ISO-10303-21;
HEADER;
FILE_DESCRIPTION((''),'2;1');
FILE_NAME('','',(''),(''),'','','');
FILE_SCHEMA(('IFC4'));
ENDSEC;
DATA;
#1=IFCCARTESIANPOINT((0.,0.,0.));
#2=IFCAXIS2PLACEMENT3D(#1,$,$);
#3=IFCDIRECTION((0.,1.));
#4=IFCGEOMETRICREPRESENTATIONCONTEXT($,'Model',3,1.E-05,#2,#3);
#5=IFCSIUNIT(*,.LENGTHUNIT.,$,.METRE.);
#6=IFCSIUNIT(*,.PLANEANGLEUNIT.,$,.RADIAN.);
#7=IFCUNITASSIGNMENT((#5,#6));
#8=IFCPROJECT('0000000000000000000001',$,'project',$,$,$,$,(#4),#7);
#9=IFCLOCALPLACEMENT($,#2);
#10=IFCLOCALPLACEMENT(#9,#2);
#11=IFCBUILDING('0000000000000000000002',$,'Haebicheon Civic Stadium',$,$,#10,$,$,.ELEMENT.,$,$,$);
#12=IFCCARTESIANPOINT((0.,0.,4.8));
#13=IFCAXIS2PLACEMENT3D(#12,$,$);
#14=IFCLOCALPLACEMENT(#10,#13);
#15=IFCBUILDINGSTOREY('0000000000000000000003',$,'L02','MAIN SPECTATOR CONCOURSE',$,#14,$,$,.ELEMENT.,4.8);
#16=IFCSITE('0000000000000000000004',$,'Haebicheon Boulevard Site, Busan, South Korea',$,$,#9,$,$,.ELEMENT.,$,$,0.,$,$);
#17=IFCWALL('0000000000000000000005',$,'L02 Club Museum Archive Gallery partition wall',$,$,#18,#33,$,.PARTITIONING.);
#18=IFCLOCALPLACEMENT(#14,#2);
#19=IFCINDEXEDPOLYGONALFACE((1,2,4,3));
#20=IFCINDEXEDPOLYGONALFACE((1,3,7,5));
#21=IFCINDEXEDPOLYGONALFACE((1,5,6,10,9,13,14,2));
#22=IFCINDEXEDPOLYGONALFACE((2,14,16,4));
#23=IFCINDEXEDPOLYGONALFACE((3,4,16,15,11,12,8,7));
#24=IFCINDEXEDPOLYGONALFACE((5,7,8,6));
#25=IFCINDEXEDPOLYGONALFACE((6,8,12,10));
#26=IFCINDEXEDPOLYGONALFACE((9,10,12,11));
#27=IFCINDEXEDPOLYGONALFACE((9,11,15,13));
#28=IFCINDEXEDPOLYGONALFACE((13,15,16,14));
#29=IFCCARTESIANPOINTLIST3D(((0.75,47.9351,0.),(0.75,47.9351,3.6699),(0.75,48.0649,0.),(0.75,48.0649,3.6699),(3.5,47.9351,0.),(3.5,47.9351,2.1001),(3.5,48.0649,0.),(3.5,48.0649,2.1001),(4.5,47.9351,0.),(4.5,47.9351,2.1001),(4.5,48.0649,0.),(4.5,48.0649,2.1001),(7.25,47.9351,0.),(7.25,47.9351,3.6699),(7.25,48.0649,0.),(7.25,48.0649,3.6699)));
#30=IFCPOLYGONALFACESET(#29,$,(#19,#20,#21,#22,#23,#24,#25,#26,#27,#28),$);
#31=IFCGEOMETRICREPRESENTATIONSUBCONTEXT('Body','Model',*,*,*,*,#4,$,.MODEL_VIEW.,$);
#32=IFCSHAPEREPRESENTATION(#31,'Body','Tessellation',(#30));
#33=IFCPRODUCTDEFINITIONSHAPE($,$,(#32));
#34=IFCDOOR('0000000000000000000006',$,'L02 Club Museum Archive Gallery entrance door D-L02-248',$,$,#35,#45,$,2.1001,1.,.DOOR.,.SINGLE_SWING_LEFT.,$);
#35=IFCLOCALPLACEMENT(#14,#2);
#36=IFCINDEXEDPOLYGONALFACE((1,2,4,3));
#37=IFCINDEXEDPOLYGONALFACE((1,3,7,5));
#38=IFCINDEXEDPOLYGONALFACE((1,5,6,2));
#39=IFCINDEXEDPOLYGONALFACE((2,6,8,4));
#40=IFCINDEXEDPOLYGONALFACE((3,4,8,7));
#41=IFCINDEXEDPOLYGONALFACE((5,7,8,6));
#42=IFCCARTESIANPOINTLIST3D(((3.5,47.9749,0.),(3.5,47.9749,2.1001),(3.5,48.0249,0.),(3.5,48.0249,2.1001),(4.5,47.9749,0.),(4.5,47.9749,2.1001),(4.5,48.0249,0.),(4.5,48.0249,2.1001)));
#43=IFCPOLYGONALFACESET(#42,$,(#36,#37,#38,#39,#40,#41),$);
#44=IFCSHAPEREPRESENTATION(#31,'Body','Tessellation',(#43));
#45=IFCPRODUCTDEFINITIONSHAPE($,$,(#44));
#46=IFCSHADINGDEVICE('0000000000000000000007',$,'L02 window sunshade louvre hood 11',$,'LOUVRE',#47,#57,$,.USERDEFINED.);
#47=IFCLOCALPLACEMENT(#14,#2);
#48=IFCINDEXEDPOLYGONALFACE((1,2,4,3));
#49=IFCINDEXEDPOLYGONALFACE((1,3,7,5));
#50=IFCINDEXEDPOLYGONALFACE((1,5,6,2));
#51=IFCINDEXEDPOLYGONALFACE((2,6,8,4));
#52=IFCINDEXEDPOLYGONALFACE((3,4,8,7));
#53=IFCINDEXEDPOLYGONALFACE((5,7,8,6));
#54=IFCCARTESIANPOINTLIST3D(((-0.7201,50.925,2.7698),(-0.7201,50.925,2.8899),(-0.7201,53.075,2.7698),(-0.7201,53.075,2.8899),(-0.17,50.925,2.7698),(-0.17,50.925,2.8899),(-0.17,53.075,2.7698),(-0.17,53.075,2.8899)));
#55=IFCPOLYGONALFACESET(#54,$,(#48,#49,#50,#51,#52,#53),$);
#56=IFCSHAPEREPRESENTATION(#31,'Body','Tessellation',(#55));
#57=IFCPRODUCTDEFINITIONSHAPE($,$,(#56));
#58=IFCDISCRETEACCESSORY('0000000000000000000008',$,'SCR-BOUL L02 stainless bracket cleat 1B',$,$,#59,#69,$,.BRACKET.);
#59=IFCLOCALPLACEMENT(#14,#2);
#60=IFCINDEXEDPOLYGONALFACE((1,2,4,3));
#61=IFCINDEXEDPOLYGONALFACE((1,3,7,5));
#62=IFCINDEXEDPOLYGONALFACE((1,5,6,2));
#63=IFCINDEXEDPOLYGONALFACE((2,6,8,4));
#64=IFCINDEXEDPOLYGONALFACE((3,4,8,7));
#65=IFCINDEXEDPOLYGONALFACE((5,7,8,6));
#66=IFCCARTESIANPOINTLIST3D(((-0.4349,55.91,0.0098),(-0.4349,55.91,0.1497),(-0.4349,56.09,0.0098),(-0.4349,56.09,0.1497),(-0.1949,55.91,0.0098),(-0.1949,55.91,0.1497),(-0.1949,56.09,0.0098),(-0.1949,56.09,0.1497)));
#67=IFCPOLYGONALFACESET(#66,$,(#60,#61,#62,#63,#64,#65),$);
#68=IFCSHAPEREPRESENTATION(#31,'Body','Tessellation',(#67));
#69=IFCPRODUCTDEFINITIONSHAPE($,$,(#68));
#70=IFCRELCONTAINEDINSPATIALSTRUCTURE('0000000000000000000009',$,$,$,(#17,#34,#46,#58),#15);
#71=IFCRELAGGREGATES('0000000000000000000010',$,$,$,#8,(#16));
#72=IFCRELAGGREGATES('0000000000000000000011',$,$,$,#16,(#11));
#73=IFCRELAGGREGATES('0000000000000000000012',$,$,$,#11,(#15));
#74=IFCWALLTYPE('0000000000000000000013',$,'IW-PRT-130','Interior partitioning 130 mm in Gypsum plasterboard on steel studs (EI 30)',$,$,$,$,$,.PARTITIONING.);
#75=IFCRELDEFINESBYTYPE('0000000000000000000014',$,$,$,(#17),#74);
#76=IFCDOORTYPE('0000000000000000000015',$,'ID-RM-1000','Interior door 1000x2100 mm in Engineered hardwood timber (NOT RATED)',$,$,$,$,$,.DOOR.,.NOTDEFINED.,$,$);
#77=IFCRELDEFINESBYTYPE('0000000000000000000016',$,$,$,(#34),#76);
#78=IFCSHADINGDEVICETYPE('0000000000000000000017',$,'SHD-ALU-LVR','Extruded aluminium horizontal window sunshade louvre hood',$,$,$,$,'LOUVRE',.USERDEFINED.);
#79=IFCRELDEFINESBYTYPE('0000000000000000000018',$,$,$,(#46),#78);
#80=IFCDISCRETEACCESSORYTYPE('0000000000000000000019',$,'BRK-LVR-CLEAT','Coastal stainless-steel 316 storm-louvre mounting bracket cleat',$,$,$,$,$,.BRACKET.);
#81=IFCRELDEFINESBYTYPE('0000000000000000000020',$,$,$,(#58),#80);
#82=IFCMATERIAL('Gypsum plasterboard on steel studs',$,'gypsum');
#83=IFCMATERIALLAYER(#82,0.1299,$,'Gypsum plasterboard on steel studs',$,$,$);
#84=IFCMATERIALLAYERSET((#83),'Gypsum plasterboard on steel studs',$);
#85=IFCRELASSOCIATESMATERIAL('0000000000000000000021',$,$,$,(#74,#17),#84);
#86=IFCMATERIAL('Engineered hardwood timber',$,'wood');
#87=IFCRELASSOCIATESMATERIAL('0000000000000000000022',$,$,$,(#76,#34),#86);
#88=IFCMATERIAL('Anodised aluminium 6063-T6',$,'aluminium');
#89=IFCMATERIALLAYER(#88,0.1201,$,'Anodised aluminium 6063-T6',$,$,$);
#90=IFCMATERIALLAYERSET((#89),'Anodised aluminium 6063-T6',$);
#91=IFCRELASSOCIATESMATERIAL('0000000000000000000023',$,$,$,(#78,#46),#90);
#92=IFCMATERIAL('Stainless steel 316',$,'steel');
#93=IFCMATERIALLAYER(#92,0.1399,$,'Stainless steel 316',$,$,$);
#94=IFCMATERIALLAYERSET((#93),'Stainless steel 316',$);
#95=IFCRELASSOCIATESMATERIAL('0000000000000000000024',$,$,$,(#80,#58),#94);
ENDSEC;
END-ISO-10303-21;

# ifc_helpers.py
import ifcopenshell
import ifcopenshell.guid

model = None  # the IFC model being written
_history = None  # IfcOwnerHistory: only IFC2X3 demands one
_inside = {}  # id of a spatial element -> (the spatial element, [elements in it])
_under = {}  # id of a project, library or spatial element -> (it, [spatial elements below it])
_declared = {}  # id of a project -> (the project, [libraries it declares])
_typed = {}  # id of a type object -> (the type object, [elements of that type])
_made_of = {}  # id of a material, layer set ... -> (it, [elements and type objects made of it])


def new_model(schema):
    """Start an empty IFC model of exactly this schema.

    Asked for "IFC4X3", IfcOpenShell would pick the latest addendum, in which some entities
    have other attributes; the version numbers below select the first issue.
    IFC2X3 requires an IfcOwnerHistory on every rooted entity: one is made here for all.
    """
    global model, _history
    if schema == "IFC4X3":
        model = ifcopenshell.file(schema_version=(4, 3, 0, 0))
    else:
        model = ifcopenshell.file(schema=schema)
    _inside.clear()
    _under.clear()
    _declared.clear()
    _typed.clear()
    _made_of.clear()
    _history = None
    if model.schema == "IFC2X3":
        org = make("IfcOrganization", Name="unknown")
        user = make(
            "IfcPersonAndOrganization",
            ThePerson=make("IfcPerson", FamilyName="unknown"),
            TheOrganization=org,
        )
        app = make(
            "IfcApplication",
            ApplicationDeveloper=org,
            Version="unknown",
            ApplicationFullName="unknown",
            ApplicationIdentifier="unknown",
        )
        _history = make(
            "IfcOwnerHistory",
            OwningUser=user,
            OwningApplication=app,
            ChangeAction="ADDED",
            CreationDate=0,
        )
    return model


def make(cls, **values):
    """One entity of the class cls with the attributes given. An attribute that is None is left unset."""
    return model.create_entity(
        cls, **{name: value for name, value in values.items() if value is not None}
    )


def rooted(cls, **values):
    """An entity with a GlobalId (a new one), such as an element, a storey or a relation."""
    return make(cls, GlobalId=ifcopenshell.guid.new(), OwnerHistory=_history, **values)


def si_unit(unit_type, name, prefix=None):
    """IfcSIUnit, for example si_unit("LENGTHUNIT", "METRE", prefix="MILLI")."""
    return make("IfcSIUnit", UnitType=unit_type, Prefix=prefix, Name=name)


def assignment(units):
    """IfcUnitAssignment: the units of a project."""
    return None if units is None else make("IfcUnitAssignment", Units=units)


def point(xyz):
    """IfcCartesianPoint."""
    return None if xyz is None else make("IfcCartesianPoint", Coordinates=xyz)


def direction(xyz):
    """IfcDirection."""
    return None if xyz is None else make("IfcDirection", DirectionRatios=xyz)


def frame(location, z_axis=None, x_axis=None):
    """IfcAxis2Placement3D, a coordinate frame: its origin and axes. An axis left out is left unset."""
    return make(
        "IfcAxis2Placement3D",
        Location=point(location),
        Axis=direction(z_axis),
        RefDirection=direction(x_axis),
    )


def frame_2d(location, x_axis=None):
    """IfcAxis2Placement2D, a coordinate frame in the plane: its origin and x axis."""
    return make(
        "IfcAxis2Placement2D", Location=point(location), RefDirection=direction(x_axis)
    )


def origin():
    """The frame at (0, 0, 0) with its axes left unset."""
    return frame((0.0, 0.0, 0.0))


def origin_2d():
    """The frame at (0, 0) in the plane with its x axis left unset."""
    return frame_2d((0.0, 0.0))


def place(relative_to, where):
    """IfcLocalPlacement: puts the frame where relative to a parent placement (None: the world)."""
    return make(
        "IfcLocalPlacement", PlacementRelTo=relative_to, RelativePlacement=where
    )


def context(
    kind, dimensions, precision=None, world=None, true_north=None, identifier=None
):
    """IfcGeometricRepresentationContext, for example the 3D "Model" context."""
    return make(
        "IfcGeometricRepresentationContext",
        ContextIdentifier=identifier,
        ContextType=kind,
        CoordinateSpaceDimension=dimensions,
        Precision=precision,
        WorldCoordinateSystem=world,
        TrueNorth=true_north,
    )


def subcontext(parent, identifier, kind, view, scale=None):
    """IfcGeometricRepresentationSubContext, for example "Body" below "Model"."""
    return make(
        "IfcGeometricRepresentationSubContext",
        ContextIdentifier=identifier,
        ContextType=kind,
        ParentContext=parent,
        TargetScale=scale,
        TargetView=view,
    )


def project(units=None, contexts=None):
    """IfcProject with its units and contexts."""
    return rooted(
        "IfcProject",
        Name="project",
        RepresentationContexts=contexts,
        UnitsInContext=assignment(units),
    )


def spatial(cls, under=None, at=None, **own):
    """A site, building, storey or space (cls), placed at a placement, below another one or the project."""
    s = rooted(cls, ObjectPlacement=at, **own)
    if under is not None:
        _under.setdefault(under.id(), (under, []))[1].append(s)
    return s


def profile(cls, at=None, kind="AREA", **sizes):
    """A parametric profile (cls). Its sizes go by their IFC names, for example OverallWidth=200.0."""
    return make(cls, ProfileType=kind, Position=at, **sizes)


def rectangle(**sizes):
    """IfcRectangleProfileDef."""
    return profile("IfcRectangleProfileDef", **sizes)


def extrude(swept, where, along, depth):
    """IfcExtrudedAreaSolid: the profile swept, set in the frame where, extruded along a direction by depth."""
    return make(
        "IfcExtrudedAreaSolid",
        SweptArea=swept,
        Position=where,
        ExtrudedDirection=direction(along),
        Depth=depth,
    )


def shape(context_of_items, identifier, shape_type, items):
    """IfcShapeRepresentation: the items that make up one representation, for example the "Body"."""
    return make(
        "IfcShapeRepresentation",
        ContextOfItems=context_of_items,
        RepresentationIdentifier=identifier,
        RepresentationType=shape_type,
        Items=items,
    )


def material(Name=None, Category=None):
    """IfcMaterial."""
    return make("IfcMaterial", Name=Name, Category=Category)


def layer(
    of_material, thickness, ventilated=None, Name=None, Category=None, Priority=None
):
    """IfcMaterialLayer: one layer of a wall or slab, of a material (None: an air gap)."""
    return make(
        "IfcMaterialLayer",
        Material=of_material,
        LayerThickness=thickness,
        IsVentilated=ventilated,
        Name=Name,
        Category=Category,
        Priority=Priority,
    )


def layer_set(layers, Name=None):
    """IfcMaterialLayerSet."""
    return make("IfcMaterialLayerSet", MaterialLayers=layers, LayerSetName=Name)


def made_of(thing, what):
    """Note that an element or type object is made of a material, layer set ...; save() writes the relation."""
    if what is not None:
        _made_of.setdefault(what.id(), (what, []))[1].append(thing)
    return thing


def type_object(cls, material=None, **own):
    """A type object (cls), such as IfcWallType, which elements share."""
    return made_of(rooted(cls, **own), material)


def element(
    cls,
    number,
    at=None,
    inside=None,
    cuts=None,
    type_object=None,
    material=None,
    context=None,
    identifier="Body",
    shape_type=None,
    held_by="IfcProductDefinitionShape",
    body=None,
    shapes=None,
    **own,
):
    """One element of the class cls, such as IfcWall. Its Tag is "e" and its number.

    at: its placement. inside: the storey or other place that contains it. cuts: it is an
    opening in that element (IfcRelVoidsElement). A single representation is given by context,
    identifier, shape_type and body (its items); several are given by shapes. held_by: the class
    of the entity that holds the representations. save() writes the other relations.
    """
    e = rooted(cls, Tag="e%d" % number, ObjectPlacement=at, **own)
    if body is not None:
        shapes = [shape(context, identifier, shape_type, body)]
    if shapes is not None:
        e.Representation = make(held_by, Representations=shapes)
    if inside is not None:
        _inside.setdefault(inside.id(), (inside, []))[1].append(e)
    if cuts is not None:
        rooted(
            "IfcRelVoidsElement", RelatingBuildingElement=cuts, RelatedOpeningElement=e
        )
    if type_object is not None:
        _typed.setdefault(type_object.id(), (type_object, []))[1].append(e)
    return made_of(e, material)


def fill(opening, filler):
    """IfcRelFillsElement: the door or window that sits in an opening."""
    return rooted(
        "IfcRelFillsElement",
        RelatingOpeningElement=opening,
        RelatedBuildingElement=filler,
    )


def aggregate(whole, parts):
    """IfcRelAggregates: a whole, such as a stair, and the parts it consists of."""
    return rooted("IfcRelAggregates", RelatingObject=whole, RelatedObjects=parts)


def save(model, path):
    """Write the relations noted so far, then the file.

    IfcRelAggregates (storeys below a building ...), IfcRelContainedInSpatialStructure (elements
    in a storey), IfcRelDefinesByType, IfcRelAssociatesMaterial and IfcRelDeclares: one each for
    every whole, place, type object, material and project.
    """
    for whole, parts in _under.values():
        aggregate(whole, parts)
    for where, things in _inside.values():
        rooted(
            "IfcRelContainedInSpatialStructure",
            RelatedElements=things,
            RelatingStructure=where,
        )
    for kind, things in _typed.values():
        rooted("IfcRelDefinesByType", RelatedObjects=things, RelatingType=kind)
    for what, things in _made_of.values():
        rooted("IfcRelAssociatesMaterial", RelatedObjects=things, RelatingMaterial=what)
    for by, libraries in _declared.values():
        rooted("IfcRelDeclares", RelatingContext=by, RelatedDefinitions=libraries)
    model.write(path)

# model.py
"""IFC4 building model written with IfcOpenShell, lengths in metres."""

from ifc_helpers import new_model, si_unit, direction, frame, frame_2d, origin, origin_2d, place, context, subcontext, project, spatial, rectangle, extrude, material, layer, layer_set, type_object, element, fill, save


model = new_model("IFC4")

# Units and contexts
model_context = context("Model", 3, precision=1e-05, world=origin(), true_north=direction((0.0, 1.0)))
body_context = subcontext(model_context, "Body", "Model", "MODEL_VIEW")
ifc_project = project(units=[si_unit("LENGTHUNIT", "METRE"), si_unit("PLANEANGLEUNIT", "RADIAN")], contexts=[model_context])

# Site, building, storey
site_placement = place(None, origin())
site = spatial("IfcSite", under=ifc_project, at=site_placement, Name="Haebicheon Boulevard Site, Busan, South Korea", CompositionType="ELEMENT", RefElevation=0.0)
building_placement = place(site_placement, origin())
building = spatial("IfcBuilding", under=site, at=building_placement, Name="Haebicheon Civic Stadium", CompositionType="ELEMENT")
storey_placement = place(building_placement, frame((0.0, 0.0, 4.8)))
storey = spatial("IfcBuildingStorey", under=building, at=storey_placement, Name="L02", Description="MAIN SPECTATOR CONCOURSE", CompositionType="ELEMENT", Elevation=4.8)

# Wall, opening, door
ifc_material_1 = material(Name="Gypsum plasterboard on steel studs", Category="gypsum")
ifc_layer_1 = layer(ifc_material_1, 0.1299, Name="Gypsum plasterboard on steel studs")
ifc_layer_set_1 = layer_set([ifc_layer_1], Name="Gypsum plasterboard on steel studs")
wall_type_1 = type_object("IfcWallType", Name="IW-PRT-130", Description="Interior partitioning 130 mm in Gypsum plasterboard on steel studs (EI 30)", PredefinedType="PARTITIONING", material=ifc_layer_set_1)
wall_1_placement = place(storey_placement, frame((0.75, 48.0, 0.0), z_axis=(0.0, 0.0, 1.0), x_axis=(1.0, 0.0, 0.0)))
wall_1 = element("IfcWall", 1, at=wall_1_placement, inside=storey, type_object=wall_type_1, material=ifc_layer_set_1, Name="L02 Club Museum Archive Gallery partition wall", PredefinedType="PARTITIONING", context=body_context, shape_type="SweptSolid", body=[
    extrude(rectangle(XDim=6.5, YDim=0.1299, at=frame_2d((3.25, 0.0))), origin(), (0.0, 0.0, 1.0), 3.6699),
])
opening_1_placement = place(wall_1_placement, frame((2.75, 0.0, 0.0)))
opening_1 = element("IfcOpeningElement", 2, at=opening_1_placement, cuts=wall_1, PredefinedType="OPENING", context=body_context, shape_type="SweptSolid", body=[
    extrude(rectangle(XDim=1.0, YDim=2.1001, at=frame_2d((0.5, 1.05))), frame((0.0, 0.075, 0.0), z_axis=(0.0, -1.0, 0.0), x_axis=(1.0, 0.0, 0.0)), (0.0, 0.0, 1.0), 0.1499),
])
ifc_material_2 = material(Name="Engineered hardwood timber", Category="wood")
door_type = type_object("IfcDoorType", Name="ID-RM-1000", Description="Interior door 1000x2100 mm in Engineered hardwood timber (NOT RATED)", OperationType="NOTDEFINED", PredefinedType="DOOR", material=ifc_material_2)
door_placement = place(opening_1_placement, origin())
door = element("IfcDoor", 3, at=door_placement, inside=storey, type_object=door_type, material=ifc_material_2, Name="L02 Club Museum Archive Gallery entrance door D-L02-248", OperationType="SINGLE_SWING_LEFT", OverallHeight=2.1001, OverallWidth=1.0, PredefinedType="DOOR", context=body_context, shape_type="SweptSolid", body=[
    extrude(rectangle(XDim=1.0, YDim=2.1001, at=frame_2d((0.5, 1.05))), frame((0.0, 0.0249, 0.0), z_axis=(0.0, -1.0, 0.0), x_axis=(1.0, 0.0, 0.0)), (0.0, 0.0, 1.0), 0.05),
])
fill(opening_1, door)

# Shading device
ifc_material_3 = material(Name="Anodised aluminium 6063-T6", Category="aluminium")
ifc_layer_2 = layer(ifc_material_3, 0.1201, Name="Anodised aluminium 6063-T6")
ifc_layer_set_2 = layer_set([ifc_layer_2], Name="Anodised aluminium 6063-T6")
shading_device_type = type_object("IfcShadingDeviceType", Name="SHD-ALU-LVR", Description="Extruded aluminium horizontal window sunshade louvre hood", ElementType="LOUVRE", PredefinedType="USERDEFINED", material=ifc_layer_set_2)
shading_device_placement = place(storey_placement, frame((-0.4451, 52.0, 2.7698), z_axis=(0.0, 0.0, 1.0), x_axis=(1.0, 0.0, 0.0)))
element("IfcShadingDevice", 4, at=shading_device_placement, inside=storey, type_object=shading_device_type, material=ifc_layer_set_2, Name="L02 window sunshade louvre hood 11", ObjectType="LOUVRE", PredefinedType="USERDEFINED", context=body_context, shape_type="SweptSolid", body=[
    extrude(rectangle(XDim=0.55, YDim=2.1499, at=origin_2d()), origin(), (0.0, 0.0, 1.0), 0.1201),
])

# Discrete accessory
ifc_material_4 = material(Name="Stainless steel 316", Category="steel")
ifc_layer_3 = layer(ifc_material_4, 0.1399, Name="Stainless steel 316")
ifc_layer_set_3 = layer_set([ifc_layer_3], Name="Stainless steel 316")
discrete_accessory_type = type_object("IfcDiscreteAccessoryType", Name="BRK-LVR-CLEAT", Description="Coastal stainless-steel 316 storm-louvre mounting bracket cleat", PredefinedType="BRACKET", material=ifc_layer_set_3)
discrete_accessory_placement = place(storey_placement, frame((-0.3149, 56.0, 0.0098), z_axis=(0.0, 0.0, 1.0), x_axis=(1.0, 0.0, 0.0)))
element("IfcDiscreteAccessory", 5, at=discrete_accessory_placement, inside=storey, type_object=discrete_accessory_type, material=ifc_layer_set_3, Name="SCR-BOUL L02 stainless bracket cleat 1B", PredefinedType="BRACKET", context=body_context, shape_type="SweptSolid", body=[
    extrude(rectangle(XDim=0.24, YDim=0.1799, at=origin_2d()), origin(), (0.0, 0.0, 1.0), 0.1399),
])

save(model, "model.ifc")
